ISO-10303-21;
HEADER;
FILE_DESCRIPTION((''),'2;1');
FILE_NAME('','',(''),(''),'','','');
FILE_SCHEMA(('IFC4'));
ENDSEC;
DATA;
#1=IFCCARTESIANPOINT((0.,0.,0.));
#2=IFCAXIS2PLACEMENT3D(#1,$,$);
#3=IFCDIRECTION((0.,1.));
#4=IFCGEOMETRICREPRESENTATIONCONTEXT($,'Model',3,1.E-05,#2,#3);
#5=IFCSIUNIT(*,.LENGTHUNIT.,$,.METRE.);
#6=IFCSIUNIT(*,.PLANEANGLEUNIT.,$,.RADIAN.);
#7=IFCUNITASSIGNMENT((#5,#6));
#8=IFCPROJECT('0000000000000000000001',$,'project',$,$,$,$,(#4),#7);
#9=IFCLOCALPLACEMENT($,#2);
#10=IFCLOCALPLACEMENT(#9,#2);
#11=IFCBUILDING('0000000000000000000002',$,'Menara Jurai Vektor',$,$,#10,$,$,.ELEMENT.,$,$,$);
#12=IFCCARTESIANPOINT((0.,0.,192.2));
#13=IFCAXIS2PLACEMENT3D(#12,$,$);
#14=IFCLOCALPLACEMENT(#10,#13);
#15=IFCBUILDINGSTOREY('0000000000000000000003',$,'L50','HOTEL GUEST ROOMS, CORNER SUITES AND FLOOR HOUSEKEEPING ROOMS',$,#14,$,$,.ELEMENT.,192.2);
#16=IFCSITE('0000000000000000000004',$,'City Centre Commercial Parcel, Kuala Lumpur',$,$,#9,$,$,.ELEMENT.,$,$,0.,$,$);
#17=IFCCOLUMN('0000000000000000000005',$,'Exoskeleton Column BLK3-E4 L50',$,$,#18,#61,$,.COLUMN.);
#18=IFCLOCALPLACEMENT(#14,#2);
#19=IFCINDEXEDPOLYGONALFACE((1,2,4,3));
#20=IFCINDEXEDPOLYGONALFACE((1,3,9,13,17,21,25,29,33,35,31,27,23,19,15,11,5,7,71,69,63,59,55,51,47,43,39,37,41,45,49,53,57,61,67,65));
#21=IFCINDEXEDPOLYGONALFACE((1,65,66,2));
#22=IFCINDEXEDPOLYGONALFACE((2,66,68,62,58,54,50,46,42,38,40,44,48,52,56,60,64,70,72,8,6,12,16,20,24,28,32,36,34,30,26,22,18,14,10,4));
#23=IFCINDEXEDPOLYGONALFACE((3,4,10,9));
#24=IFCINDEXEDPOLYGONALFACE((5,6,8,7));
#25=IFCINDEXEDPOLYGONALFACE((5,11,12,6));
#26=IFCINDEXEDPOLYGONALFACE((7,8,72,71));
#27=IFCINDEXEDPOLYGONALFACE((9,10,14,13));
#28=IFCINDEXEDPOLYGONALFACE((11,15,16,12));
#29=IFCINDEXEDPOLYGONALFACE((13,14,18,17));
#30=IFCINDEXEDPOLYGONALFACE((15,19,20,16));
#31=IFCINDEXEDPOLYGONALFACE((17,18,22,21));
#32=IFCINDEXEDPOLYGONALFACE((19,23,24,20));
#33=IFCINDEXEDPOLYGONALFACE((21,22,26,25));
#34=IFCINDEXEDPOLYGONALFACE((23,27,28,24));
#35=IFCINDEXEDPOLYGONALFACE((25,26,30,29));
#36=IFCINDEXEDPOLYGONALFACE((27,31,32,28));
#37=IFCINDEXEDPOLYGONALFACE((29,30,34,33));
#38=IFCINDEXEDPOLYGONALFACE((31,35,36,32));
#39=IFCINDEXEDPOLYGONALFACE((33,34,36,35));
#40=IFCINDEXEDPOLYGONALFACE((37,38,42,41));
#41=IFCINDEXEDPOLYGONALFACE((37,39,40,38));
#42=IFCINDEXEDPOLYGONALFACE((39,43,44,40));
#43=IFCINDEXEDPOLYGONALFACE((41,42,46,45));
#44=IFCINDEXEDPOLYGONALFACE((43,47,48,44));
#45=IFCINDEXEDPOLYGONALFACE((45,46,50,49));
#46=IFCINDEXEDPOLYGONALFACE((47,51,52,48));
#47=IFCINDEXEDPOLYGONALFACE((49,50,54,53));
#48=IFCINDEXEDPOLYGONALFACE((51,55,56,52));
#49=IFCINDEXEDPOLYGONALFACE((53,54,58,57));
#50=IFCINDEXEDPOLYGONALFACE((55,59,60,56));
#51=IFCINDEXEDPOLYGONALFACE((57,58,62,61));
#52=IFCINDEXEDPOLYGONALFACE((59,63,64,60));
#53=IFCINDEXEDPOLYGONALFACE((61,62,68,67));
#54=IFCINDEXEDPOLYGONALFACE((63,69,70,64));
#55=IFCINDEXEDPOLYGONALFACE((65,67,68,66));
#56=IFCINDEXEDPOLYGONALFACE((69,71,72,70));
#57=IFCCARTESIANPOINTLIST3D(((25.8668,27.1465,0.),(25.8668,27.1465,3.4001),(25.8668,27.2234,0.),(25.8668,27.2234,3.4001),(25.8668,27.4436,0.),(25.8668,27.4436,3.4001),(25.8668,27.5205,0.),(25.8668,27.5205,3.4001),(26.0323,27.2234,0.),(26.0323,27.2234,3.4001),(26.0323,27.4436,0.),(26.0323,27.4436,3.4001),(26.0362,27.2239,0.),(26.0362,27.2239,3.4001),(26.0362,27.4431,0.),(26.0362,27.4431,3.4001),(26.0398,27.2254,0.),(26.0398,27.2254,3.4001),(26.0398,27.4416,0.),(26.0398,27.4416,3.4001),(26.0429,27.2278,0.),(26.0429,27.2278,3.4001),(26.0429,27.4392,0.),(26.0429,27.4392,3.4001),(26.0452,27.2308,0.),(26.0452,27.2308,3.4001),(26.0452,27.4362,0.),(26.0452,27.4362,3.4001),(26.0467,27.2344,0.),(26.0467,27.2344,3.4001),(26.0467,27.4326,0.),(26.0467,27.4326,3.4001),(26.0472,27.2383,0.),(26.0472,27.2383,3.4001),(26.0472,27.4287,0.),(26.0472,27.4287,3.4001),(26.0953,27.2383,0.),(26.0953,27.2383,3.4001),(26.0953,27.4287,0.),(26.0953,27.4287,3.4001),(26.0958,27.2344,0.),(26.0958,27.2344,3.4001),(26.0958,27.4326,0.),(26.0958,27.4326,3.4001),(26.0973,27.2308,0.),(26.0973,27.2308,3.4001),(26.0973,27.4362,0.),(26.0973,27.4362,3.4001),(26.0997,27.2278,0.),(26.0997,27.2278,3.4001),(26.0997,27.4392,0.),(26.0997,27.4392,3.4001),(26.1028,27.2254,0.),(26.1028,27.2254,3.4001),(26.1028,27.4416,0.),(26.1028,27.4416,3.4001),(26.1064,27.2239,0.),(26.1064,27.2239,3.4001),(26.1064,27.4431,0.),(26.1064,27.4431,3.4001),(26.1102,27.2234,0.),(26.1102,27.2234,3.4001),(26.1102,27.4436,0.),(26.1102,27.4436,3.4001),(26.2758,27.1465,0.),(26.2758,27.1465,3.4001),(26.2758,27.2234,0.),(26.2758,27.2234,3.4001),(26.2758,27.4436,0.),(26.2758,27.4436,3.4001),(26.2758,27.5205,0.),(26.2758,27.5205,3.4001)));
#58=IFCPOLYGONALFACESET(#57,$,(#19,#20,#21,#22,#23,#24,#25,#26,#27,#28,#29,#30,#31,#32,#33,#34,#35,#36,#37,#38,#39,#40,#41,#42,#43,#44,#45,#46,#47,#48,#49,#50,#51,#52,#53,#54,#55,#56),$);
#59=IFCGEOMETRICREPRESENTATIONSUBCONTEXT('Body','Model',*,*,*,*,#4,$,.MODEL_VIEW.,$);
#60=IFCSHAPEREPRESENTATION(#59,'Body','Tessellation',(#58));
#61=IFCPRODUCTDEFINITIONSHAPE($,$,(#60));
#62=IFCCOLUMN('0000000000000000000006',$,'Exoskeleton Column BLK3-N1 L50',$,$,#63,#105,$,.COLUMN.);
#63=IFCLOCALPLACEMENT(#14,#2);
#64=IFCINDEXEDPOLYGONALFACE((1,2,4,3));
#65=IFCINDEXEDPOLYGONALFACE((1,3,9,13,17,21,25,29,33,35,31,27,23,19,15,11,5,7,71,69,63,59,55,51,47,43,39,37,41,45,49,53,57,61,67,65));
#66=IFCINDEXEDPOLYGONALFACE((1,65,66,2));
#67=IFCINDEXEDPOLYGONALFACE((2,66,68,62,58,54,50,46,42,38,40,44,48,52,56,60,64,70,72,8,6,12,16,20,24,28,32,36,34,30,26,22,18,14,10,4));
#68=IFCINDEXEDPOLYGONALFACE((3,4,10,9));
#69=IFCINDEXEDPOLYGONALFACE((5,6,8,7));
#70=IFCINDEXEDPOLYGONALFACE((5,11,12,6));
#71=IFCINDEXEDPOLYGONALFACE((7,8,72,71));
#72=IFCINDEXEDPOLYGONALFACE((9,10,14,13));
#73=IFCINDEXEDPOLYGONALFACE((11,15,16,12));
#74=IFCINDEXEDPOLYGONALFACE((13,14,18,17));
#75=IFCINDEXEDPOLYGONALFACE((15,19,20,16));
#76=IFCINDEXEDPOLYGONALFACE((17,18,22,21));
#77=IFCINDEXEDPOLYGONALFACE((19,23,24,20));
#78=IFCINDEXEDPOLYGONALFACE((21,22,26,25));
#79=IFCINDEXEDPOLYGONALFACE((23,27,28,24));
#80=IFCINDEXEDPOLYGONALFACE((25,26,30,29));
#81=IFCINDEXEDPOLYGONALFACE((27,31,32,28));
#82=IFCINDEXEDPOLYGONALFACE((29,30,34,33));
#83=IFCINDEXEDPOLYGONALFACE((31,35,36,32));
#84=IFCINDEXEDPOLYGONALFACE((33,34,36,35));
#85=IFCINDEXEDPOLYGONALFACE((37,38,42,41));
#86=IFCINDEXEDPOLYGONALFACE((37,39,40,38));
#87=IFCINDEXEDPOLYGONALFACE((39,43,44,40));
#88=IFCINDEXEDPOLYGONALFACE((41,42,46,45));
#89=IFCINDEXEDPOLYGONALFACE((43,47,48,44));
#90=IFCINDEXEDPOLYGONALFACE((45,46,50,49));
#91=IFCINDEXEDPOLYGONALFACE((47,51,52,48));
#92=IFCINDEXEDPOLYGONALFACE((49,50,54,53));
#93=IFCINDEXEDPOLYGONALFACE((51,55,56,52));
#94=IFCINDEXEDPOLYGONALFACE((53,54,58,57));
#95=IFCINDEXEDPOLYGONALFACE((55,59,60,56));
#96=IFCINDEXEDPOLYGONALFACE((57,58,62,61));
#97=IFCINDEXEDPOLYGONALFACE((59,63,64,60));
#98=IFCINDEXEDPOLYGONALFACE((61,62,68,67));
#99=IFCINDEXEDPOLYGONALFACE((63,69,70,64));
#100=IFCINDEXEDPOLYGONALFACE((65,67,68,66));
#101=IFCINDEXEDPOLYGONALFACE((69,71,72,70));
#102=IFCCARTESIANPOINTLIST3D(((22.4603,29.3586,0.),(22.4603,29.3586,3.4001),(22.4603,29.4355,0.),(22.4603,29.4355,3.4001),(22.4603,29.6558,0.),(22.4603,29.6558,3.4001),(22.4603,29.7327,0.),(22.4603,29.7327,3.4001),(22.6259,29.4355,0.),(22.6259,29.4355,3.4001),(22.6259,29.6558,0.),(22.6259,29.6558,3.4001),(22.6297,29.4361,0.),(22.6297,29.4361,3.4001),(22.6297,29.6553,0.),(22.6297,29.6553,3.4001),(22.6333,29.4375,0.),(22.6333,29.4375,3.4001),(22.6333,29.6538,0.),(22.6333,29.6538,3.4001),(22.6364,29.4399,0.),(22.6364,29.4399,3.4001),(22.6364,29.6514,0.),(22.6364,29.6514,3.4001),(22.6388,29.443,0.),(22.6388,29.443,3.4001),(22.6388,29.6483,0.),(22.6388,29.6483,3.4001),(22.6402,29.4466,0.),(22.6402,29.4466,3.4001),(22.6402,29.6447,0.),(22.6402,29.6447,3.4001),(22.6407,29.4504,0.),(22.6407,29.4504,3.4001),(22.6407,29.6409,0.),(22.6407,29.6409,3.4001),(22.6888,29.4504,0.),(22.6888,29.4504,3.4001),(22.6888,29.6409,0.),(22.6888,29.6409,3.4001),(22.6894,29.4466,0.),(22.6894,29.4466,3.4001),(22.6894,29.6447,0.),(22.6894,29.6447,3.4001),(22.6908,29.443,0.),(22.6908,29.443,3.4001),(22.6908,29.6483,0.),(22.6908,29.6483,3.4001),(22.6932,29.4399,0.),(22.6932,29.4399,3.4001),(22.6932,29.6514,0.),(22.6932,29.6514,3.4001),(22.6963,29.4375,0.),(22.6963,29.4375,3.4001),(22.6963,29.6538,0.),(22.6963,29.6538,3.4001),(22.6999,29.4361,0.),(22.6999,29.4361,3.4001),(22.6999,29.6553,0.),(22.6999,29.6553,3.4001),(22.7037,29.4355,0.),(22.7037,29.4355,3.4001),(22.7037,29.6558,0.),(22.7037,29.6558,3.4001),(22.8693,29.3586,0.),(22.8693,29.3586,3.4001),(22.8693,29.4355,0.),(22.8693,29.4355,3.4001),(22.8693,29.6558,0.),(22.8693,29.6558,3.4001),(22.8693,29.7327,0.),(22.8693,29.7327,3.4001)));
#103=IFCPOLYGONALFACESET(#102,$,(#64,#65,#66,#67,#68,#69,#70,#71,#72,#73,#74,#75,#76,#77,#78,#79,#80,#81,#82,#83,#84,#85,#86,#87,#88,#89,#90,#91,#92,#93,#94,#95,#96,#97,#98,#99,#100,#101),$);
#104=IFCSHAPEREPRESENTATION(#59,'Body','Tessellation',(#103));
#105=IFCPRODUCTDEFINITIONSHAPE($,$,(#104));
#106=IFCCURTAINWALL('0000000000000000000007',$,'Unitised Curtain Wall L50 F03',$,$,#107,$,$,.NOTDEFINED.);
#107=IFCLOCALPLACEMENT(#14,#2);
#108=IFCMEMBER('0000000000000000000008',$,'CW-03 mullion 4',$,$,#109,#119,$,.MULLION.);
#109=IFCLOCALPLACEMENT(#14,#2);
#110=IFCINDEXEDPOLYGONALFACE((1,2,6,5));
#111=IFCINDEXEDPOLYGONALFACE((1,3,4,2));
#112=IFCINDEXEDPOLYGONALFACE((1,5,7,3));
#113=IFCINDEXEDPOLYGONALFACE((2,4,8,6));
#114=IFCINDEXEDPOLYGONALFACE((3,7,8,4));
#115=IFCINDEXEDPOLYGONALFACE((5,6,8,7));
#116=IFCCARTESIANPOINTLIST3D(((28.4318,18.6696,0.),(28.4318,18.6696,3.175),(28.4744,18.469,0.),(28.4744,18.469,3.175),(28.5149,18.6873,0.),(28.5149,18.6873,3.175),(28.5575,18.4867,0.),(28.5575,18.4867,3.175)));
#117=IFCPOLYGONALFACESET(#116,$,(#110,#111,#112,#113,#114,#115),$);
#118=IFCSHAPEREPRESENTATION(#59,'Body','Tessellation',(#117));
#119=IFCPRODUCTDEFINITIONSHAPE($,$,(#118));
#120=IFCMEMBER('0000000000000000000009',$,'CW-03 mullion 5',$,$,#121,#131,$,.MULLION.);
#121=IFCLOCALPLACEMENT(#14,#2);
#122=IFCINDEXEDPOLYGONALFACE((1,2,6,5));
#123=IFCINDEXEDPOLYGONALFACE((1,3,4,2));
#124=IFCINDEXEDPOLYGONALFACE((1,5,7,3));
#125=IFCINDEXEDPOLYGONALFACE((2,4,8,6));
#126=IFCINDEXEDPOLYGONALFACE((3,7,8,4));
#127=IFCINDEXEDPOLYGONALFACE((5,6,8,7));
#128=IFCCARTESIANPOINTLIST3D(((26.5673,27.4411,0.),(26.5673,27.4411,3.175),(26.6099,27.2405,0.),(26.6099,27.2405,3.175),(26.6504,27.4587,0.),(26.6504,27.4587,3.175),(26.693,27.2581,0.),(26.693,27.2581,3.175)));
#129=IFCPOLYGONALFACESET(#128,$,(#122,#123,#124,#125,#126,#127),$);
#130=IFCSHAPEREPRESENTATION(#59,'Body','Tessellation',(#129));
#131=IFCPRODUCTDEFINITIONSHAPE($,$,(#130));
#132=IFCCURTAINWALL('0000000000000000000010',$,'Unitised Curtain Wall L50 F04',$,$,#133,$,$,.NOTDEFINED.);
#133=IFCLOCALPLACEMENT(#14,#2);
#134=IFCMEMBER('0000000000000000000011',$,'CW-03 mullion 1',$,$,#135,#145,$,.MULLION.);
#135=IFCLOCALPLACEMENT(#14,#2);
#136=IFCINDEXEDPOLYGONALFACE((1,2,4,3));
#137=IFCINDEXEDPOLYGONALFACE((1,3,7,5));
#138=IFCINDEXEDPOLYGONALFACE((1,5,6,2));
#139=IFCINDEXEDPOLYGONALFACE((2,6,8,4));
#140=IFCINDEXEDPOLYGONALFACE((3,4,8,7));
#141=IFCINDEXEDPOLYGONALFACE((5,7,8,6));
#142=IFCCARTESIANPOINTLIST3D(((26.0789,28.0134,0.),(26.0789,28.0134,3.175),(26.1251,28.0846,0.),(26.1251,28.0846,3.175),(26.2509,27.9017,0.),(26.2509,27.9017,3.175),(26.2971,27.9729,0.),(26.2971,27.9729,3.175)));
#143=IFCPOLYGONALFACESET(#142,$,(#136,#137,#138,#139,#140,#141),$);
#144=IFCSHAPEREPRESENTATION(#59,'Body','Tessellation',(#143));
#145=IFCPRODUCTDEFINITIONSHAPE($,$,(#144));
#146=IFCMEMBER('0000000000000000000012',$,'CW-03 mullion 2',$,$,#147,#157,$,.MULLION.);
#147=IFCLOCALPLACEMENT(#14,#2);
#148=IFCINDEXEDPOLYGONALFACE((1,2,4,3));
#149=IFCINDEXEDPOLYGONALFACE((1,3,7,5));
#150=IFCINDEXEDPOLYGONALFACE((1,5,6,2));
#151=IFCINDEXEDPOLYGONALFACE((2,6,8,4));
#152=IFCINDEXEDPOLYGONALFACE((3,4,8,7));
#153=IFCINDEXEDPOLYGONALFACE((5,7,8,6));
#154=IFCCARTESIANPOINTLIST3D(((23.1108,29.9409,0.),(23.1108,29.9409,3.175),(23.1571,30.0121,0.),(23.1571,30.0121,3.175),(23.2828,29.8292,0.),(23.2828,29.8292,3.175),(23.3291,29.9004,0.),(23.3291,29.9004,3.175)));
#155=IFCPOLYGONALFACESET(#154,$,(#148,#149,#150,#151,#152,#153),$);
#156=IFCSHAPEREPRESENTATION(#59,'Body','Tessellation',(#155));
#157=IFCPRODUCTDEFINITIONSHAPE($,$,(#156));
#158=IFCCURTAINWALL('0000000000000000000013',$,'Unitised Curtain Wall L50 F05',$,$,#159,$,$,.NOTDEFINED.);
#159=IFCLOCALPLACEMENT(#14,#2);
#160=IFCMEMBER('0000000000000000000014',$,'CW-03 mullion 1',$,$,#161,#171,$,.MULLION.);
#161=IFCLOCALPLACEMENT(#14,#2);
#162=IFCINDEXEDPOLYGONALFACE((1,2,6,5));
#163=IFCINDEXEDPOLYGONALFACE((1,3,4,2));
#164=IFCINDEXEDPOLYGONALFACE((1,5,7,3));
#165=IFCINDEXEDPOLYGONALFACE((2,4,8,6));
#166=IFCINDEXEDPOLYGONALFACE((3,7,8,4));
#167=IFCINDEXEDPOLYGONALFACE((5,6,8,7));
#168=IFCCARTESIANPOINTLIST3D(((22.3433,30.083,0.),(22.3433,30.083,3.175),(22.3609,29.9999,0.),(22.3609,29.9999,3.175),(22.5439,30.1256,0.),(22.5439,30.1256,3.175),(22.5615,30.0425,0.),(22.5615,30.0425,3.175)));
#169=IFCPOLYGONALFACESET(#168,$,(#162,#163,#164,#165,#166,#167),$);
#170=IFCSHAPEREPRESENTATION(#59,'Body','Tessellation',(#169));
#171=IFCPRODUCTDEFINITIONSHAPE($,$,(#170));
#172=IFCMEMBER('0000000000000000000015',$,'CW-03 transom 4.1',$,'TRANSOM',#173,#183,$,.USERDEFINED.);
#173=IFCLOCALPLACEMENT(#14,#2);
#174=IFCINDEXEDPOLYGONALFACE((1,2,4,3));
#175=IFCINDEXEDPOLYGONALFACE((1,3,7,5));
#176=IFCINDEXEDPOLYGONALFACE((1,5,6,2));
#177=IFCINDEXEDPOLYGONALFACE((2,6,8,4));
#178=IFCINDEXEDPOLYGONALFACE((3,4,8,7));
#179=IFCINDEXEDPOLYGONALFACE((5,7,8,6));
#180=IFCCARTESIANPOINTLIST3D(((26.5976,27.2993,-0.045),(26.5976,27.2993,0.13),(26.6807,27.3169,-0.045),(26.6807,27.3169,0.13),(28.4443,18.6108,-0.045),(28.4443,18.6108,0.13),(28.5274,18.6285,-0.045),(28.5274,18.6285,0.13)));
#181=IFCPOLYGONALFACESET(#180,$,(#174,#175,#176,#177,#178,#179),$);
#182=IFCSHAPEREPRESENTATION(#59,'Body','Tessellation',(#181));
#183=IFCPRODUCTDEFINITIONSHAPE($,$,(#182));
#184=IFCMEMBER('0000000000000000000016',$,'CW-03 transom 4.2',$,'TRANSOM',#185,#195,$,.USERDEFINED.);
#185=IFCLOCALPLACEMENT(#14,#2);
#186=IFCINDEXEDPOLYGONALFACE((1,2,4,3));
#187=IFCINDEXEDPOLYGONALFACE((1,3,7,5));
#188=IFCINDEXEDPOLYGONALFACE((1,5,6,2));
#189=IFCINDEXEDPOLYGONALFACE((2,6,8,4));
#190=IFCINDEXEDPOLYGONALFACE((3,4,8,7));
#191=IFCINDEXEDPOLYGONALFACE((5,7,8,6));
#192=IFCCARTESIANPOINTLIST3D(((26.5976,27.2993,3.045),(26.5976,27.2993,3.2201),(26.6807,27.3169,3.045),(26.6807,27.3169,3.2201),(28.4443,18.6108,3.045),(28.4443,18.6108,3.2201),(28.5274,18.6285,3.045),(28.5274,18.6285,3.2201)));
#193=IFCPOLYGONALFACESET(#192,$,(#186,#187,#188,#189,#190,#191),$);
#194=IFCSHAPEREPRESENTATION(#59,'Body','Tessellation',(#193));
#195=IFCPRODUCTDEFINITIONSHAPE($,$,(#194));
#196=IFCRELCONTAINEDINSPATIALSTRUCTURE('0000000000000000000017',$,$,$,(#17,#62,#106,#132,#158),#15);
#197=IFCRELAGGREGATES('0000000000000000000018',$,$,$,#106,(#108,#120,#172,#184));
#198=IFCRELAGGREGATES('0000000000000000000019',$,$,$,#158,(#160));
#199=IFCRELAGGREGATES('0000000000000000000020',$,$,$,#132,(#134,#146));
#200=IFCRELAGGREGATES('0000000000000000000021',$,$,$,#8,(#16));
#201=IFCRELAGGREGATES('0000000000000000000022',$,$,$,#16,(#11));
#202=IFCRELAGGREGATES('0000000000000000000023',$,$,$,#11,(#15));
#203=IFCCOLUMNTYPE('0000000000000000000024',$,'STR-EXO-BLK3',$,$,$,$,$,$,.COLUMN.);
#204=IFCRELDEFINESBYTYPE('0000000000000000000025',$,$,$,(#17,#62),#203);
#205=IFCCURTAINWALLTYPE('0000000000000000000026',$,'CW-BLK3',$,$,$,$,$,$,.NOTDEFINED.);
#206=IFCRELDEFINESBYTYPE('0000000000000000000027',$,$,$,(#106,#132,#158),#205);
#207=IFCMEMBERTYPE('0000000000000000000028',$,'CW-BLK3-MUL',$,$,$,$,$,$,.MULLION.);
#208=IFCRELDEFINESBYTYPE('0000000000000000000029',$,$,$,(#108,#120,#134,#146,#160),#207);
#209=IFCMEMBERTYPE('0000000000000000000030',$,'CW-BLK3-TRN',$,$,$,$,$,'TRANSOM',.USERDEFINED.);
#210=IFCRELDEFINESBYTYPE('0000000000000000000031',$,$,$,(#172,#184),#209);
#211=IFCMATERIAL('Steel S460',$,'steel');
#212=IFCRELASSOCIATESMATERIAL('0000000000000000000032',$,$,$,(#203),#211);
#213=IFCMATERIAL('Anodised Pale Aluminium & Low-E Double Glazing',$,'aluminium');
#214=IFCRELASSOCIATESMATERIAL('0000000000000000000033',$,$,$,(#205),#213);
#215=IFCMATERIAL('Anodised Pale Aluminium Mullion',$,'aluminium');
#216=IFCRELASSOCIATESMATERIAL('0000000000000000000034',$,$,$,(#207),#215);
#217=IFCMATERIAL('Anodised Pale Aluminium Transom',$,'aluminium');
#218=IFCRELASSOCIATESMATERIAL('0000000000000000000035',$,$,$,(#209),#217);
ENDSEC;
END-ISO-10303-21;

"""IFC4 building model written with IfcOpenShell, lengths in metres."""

from ifc_helpers import new_model, si_unit, direction, frame, origin, origin_2d, place, context, subcontext, project, spatial, rectangle, i_section, extrude, material, material_profile, profile_set, type_object, element, aggregate, save


model = new_model("IFC4")

# Units and contexts
model_context = context("Model", 3, precision=1e-05, world=origin(), true_north=direction((0.0, 1.0)))
body_context = subcontext(model_context, "Body", "Model", "MODEL_VIEW")
ifc_project = project(units=[si_unit("LENGTHUNIT", "METRE"), si_unit("PLANEANGLEUNIT", "RADIAN")], contexts=[model_context])

# Site, building, storey
site_placement = place(None, origin())
site = spatial("IfcSite", under=ifc_project, at=site_placement, Name="City Centre Commercial Parcel, Kuala Lumpur", CompositionType="ELEMENT", RefElevation=0.0)
building_placement = place(site_placement, origin())
building = spatial("IfcBuilding", under=site, at=building_placement, Name="Menara Jurai Vektor", CompositionType="ELEMENT")
storey_placement = place(building_placement, frame((0.0, 0.0, 192.2)))
storey = spatial("IfcBuildingStorey", under=building, at=storey_placement, Name="L50", Description="HOTEL GUEST ROOMS, CORNER SUITES AND FLOOR HOUSEKEEPING ROOMS", CompositionType="ELEMENT", Elevation=192.2)

# Columns
ifc_material_1 = material(Name="Steel S460", Category="steel")
ifc_material_profile_1 = material_profile(ifc_material_1, i_section(OverallWidth=0.4089, OverallDepth=0.374, WebThickness=0.0481, FlangeThickness=0.0769, FilletRadius=0.0149, at=origin_2d()), Name="HD 400x634")
ifc_profile_set_1 = profile_set([ifc_material_profile_1], Name="Steel S460")
column_type = type_object("IfcColumnType", Name="STR-EXO-BLK3", PredefinedType="COLUMN", material=ifc_profile_set_1)
for number, where, z_axis, x_axis, name in (
    (1, (26.0713, 27.3335, 0.0), (0.0, 0.0, 1.0), (1.0, 0.0, 0.0), "Exoskeleton Column BLK3-E4 L50"),
    (2, (22.6648, 29.5457, 0.0), (0.0, 0.0, 1.0), (1.0, 0.0, 0.0), "Exoskeleton Column BLK3-N1 L50"),
):
    element("IfcColumn", number, at=place(storey_placement, frame(where, z_axis=z_axis, x_axis=x_axis)), inside=storey, type_object=column_type, Name=name, PredefinedType="COLUMN", context=body_context, shape_type="SweptSolid", body=[
        extrude(i_section(OverallWidth=0.4089, OverallDepth=0.374, WebThickness=0.0481, FlangeThickness=0.0769, FilletRadius=0.0149, at=origin_2d()), origin(), (0.0, 0.0, 1.0), 3.4001),
    ])

# Curtain walls, members
ifc_material_2 = material(Name="Anodised Pale Aluminium & Low-E Double Glazing", Category="aluminium")
curtain_wall_type = type_object("IfcCurtainWallType", Name="CW-BLK3", PredefinedType="NOTDEFINED", material=ifc_material_2)
curtain_wall_1_placement = place(storey_placement, origin())
curtain_wall_1 = element("IfcCurtainWall", 3, at=curtain_wall_1_placement, inside=storey, type_object=curtain_wall_type, Name="Unitised Curtain Wall L50 F03", PredefinedType="NOTDEFINED")
ifc_material_3 = material(Name="Anodised Pale Aluminium Mullion", Category="aluminium")
ifc_material_profile_2 = material_profile(ifc_material_3, rectangle(XDim=0.085, YDim=0.2051, at=origin_2d()), Name="ALU MUL 85x205")
ifc_profile_set_2 = profile_set([ifc_material_profile_2], Name="Anodised Pale Aluminium Mullion")
member_type_1 = type_object("IfcMemberType", Name="CW-BLK3-MUL", PredefinedType="MULLION", material=ifc_profile_set_2)
member_1_placement = place(storey_placement, frame((28.4946, 18.5781, 0.0), z_axis=(0.0, 0.0, 1.0), x_axis=(-0.978148, -0.20791, 0.0)))
member_1 = element("IfcMember", 4, at=member_1_placement, type_object=member_type_1, Name="CW-03 mullion 4", PredefinedType="MULLION", context=body_context, shape_type="SweptSolid", body=[
    extrude(rectangle(XDim=0.085, YDim=0.2051, at=origin_2d()), origin(), (0.0, 0.0, 1.0), 3.175),
])
member_2_placement = place(storey_placement, frame((26.6301, 27.3496, 0.0), z_axis=(0.0, 0.0, 1.0), x_axis=(-0.978148, -0.20791, 0.0)))
member_2 = element("IfcMember", 5, at=member_2_placement, type_object=member_type_1, Name="CW-03 mullion 5", PredefinedType="MULLION", context=body_context, shape_type="SweptSolid", body=[
    extrude(rectangle(XDim=0.085, YDim=0.2051, at=origin_2d()), origin(), (0.0, 0.0, 1.0), 3.175),
])
curtain_wall_2_placement = place(storey_placement, origin())
curtain_wall_2 = element("IfcCurtainWall", 6, at=curtain_wall_2_placement, inside=storey, type_object=curtain_wall_type, Name="Unitised Curtain Wall L50 F04", PredefinedType="NOTDEFINED")
member_3_placement = place(storey_placement, frame((26.188, 27.9932, 0.0), z_axis=(0.0, 0.0, 1.0), x_axis=(-0.544618, -0.838684, 0.0)))
member_3 = element("IfcMember", 7, at=member_3_placement, type_object=member_type_1, Name="CW-03 mullion 1", PredefinedType="MULLION", context=body_context, shape_type="SweptSolid", body=[
    extrude(rectangle(XDim=0.085, YDim=0.2051, at=origin_2d()), origin(), (0.0, 0.0, 1.0), 3.175),
])
member_4_placement = place(storey_placement, frame((23.22, 29.9207, 0.0), z_axis=(0.0, 0.0, 1.0), x_axis=(-0.544618, -0.838684, 0.0)))
member_4 = element("IfcMember", 8, at=member_4_placement, type_object=member_type_1, Name="CW-03 mullion 2", PredefinedType="MULLION", context=body_context, shape_type="SweptSolid", body=[
    extrude(rectangle(XDim=0.085, YDim=0.2051, at=origin_2d()), origin(), (0.0, 0.0, 1.0), 3.175),
])

# Curtain wall, member
curtain_wall_3_placement = place(storey_placement, origin())
curtain_wall_3 = element("IfcCurtainWall", 9, at=curtain_wall_3_placement, inside=storey, type_object=curtain_wall_type, Name="Unitised Curtain Wall L50 F05", PredefinedType="NOTDEFINED")
member_5_placement = place(storey_placement, frame((22.4524, 30.0627, 0.0), z_axis=(0.0, 0.0, 1.0), x_axis=(0.207911, -0.978148, 0.0)))
member_5 = element("IfcMember", 10, at=member_5_placement, type_object=member_type_1, Name="CW-03 mullion 1", PredefinedType="MULLION", context=body_context, shape_type="SweptSolid", body=[
    extrude(rectangle(XDim=0.085, YDim=0.2051, at=origin_2d()), origin(), (0.0, 0.0, 1.0), 3.175),
])

# Members
ifc_material_4 = material(Name="Anodised Pale Aluminium Transom", Category="aluminium")
ifc_material_profile_3 = material_profile(ifc_material_4, rectangle(XDim=0.085, YDim=0.175, at=origin_2d()), Name="ALU TRN 85x175")
ifc_profile_set_3 = profile_set([ifc_material_profile_3], Name="Anodised Pale Aluminium Transom")
member_type_2 = type_object("IfcMemberType", Name="CW-BLK3-TRN", ElementType="TRANSOM", PredefinedType="USERDEFINED", material=ifc_profile_set_3)
member_6_placement = place(storey_placement, frame((28.4858, 18.6196, 0.0425), z_axis=(-0.2079, 0.97815, 0.0), x_axis=(-0.97815, -0.2079, 0.0)))
member_6 = element("IfcMember", 11, at=member_6_placement, type_object=member_type_2, Name="CW-03 transom 4.1", ObjectType="TRANSOM", PredefinedType="USERDEFINED", context=body_context, shape_type="SweptSolid", body=[
    extrude(rectangle(XDim=0.085, YDim=0.175, at=origin_2d()), origin(), (0.0, 0.0, 1.0), 8.8826),
])
member_7_placement = place(storey_placement, frame((28.4858, 18.6196, 3.1326), z_axis=(-0.2079, 0.97815, 0.0), x_axis=(-0.97815, -0.2079, 0.0)))
member_7 = element("IfcMember", 12, at=member_7_placement, type_object=member_type_2, Name="CW-03 transom 4.2", ObjectType="TRANSOM", PredefinedType="USERDEFINED", context=body_context, shape_type="SweptSolid", body=[
    extrude(rectangle(XDim=0.085, YDim=0.175, at=origin_2d()), origin(), (0.0, 0.0, 1.0), 8.8826),
])

aggregate(curtain_wall_1, [member_1, member_2, member_6, member_7])
aggregate(curtain_wall_3, [member_5])
aggregate(curtain_wall_2, [member_3, member_4])

save(model, "model.ifc")
